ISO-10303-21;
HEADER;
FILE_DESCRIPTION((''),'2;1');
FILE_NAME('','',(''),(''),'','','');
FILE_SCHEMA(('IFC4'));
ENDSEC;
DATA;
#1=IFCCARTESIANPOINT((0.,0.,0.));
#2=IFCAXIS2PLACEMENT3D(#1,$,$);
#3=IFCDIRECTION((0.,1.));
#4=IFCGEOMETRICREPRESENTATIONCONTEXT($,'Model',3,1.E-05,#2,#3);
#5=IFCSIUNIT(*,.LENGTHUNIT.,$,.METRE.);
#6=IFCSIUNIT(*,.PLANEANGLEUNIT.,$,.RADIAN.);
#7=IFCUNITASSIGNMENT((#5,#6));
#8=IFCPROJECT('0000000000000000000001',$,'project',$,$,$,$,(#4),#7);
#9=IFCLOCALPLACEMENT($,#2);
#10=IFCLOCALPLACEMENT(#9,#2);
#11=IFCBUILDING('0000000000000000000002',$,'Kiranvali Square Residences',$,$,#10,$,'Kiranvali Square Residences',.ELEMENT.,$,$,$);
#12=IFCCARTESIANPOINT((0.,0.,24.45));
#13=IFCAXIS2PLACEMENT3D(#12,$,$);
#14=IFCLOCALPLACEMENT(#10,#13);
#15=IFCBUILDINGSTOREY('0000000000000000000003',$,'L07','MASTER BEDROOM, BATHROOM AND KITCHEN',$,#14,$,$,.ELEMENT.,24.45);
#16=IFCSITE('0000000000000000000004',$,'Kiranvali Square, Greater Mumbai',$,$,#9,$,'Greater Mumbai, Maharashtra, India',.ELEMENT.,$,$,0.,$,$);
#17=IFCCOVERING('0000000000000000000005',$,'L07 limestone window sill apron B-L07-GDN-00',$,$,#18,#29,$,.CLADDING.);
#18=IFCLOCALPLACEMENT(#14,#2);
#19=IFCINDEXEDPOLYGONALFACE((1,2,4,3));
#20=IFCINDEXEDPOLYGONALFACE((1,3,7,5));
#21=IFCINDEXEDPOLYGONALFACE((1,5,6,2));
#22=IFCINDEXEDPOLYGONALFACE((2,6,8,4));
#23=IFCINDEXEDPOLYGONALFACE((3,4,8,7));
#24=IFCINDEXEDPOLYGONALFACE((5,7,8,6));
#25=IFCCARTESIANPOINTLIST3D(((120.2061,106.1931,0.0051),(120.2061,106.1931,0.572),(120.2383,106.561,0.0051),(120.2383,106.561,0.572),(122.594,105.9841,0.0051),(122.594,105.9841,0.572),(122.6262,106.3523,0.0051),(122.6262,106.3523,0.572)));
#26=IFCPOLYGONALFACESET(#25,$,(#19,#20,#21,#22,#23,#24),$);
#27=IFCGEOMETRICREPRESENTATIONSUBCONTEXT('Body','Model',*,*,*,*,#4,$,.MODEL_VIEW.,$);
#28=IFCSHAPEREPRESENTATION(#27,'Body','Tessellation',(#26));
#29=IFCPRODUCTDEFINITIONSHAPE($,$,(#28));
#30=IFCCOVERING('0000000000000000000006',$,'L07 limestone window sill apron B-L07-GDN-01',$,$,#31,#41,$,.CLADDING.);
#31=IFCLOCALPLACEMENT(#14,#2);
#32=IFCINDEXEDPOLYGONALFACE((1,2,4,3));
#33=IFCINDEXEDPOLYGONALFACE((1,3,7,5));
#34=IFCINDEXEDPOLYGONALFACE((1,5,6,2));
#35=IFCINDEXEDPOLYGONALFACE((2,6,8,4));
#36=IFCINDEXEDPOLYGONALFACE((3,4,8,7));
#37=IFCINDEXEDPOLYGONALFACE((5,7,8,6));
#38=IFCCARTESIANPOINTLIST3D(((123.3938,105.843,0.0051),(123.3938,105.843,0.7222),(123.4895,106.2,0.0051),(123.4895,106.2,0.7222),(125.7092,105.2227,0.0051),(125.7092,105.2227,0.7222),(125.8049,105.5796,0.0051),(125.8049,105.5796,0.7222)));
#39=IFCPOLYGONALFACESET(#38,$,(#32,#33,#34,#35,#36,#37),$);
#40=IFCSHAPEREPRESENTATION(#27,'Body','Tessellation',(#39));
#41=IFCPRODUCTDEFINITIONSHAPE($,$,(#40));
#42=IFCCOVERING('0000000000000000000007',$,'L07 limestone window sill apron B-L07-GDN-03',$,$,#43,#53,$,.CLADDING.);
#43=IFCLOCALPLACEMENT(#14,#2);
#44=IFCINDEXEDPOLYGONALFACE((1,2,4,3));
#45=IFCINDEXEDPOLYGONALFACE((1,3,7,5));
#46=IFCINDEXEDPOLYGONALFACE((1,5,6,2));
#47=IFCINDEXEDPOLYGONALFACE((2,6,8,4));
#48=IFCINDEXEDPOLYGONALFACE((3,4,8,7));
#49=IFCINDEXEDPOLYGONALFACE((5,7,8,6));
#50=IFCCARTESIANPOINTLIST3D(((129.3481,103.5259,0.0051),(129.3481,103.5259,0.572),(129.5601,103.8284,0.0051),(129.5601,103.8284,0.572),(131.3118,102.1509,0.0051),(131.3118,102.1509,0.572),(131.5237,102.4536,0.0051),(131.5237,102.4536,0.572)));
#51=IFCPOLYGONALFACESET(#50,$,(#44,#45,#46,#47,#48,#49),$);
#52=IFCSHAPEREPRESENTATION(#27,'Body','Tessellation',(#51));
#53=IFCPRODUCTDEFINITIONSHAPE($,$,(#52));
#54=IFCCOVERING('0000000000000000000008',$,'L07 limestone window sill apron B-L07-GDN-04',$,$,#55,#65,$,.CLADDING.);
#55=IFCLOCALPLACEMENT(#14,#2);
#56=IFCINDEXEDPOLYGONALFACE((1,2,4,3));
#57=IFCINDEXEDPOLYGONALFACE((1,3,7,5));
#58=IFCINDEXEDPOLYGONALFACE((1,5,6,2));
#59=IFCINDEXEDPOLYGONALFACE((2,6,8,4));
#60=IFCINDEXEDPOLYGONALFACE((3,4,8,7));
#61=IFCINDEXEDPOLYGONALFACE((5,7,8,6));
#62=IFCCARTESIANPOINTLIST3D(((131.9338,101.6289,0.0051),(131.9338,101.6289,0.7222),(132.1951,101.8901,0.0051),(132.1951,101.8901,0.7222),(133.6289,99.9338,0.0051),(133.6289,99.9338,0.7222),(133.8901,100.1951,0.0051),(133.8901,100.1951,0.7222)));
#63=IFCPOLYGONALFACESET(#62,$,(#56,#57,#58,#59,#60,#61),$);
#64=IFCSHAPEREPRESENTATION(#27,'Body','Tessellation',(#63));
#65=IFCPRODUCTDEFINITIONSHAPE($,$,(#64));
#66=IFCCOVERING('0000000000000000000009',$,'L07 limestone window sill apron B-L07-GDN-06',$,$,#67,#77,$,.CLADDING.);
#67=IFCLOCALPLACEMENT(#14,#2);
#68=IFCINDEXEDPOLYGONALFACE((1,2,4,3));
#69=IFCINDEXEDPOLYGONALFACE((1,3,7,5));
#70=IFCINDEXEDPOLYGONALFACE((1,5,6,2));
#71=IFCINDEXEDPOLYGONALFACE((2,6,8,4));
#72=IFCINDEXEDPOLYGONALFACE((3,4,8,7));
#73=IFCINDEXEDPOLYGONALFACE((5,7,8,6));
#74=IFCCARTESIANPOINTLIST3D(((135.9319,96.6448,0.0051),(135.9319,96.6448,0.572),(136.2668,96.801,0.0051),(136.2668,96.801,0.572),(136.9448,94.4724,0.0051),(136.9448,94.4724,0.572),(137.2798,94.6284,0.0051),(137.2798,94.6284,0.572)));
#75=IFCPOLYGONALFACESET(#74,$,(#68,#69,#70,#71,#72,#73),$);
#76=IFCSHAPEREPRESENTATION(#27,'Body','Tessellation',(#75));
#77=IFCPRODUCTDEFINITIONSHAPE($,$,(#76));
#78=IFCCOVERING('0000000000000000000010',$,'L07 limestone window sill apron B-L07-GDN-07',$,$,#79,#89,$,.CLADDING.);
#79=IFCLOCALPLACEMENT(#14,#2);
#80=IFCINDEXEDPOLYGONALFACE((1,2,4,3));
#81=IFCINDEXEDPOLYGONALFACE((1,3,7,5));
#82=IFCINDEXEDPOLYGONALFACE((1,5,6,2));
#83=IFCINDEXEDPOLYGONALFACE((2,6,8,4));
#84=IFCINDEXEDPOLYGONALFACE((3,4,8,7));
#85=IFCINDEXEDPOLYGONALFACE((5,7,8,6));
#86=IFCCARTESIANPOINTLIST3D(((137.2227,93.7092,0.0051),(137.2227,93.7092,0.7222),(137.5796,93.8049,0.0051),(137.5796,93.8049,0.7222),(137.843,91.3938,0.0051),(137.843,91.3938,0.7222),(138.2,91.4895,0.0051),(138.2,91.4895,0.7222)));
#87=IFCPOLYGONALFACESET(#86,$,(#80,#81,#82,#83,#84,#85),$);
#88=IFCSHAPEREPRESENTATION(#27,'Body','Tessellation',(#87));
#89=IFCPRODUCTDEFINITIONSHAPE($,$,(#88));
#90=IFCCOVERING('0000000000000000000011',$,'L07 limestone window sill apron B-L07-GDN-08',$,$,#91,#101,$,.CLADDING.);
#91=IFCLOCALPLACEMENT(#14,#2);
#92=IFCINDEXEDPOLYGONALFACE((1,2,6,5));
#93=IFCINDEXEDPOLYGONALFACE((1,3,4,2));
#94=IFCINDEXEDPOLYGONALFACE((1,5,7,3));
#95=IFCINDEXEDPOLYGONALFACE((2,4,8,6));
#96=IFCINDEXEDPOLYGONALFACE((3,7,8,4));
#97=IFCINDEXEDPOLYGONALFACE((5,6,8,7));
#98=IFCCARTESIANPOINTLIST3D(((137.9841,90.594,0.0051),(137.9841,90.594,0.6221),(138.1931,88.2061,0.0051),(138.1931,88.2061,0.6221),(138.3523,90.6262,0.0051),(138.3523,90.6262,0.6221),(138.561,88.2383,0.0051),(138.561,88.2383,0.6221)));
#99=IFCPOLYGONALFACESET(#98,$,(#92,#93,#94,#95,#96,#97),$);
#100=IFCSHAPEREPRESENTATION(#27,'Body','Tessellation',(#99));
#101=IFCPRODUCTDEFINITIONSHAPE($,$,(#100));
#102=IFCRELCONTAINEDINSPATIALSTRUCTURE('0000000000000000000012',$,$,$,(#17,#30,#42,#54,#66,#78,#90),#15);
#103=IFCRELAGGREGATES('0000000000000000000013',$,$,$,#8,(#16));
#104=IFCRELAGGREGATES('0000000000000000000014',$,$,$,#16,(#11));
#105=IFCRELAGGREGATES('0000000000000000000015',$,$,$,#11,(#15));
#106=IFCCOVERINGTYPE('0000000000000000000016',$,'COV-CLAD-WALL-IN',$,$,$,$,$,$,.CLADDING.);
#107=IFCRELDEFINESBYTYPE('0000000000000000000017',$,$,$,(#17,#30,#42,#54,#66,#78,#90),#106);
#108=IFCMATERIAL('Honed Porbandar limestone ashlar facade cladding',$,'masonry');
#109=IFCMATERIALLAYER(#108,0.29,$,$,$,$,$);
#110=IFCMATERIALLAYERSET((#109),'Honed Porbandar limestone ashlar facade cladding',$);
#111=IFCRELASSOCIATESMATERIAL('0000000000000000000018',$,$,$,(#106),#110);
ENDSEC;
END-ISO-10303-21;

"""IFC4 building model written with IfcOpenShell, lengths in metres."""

from ifc_helpers import new_model, si_unit, direction, frame, origin, place, context, subcontext, project, spatial, polyline, outline, extrude, material, layer, layer_set, type_object, element, save


model = new_model("IFC4")

# Units and contexts
model_context = context("Model", 3, precision=1e-05, world=origin(), true_north=direction((0.0, 1.0)))
body_context = subcontext(model_context, "Body", "Model", "MODEL_VIEW")
ifc_project = project(units=[si_unit("LENGTHUNIT", "METRE"), si_unit("PLANEANGLEUNIT", "RADIAN")], contexts=[model_context])

# Site, building, storey
site_placement = place(None, origin())
site = spatial("IfcSite", under=ifc_project, at=site_placement, Name="Kiranvali Square, Greater Mumbai", LongName="Greater Mumbai, Maharashtra, India", CompositionType="ELEMENT", RefElevation=0.0)
building_placement = place(site_placement, origin())
building = spatial("IfcBuilding", under=site, at=building_placement, Name="Kiranvali Square Residences", LongName="Kiranvali Square Residences", CompositionType="ELEMENT")
storey_placement = place(building_placement, frame((0.0, 0.0, 24.45)))
storey = spatial("IfcBuildingStorey", under=building, at=storey_placement, Name="L07", Description="MASTER BEDROOM, BATHROOM AND KITCHEN", CompositionType="ELEMENT", Elevation=24.45)

# Coverings
ifc_material = material(Name="Honed Porbandar limestone ashlar facade cladding", Category="masonry")
ifc_layer_1 = layer(ifc_material, 0.29)
ifc_layer_set_1 = layer_set([ifc_layer_1], Name="Honed Porbandar limestone ashlar facade cladding")
covering_type_1 = type_object("IfcCoveringType", Name="COV-CLAD-WALL-IN", PredefinedType="CLADDING", material=ifc_layer_set_1)
covering_1_placement = place(storey_placement, frame((0.0, 0.0, 0.0051)))
element("IfcCovering", 1, at=covering_1_placement, inside=storey, type_object=covering_type_1, Name="L07 limestone window sill apron B-L07-GDN-00", PredefinedType="CLADDING", context=body_context, shape_type="SweptSolid", body=[
    extrude(outline(polyline([(120.2061, 106.1931), (122.594, 105.9841), (122.6262, 106.3523), (120.2383, 106.561), (120.2061, 106.1931)])), origin(), (0.0, 0.0, 1.0), 0.5669),
])
covering_2_placement = place(storey_placement, frame((0.0, 0.0, 0.0051)))
element("IfcCovering", 2, at=covering_2_placement, inside=storey, type_object=covering_type_1, Name="L07 limestone window sill apron B-L07-GDN-01", PredefinedType="CLADDING", context=body_context, shape_type="SweptSolid", body=[
    extrude(outline(polyline([(123.3938, 105.843), (125.7092, 105.2227), (125.8049, 105.5796), (123.4895, 106.2), (123.3938, 105.843)])), origin(), (0.0, 0.0, 1.0), 0.717),
])
covering_3_placement = place(storey_placement, frame((0.0, 0.0, 0.0051)))
element("IfcCovering", 3, at=covering_3_placement, inside=storey, type_object=covering_type_1, Name="L07 limestone window sill apron B-L07-GDN-03", PredefinedType="CLADDING", context=body_context, shape_type="SweptSolid", body=[
    extrude(outline(polyline([(129.3481, 103.5259), (131.3118, 102.1509), (131.5237, 102.4536), (129.5601, 103.8284), (129.3481, 103.5259)])), origin(), (0.0, 0.0, 1.0), 0.5669),
])
covering_4_placement = place(storey_placement, frame((0.0, 0.0, 0.0051)))
element("IfcCovering", 4, at=covering_4_placement, inside=storey, type_object=covering_type_1, Name="L07 limestone window sill apron B-L07-GDN-04", PredefinedType="CLADDING", context=body_context, shape_type="SweptSolid", body=[
    extrude(outline(polyline([(131.9338, 101.6289), (133.6289, 99.9338), (133.8901, 100.1951), (132.1951, 101.8901), (131.9338, 101.6289)])), origin(), (0.0, 0.0, 1.0), 0.717),
])
covering_5_placement = place(storey_placement, frame((0.0, 0.0, 0.0051)))
element("IfcCovering", 5, at=covering_5_placement, inside=storey, type_object=covering_type_1, Name="L07 limestone window sill apron B-L07-GDN-06", PredefinedType="CLADDING", context=body_context, shape_type="SweptSolid", body=[
    extrude(outline(polyline([(135.9319, 96.6448), (136.9448, 94.4724), (137.2798, 94.6284), (136.2668, 96.801), (135.9319, 96.6448)])), origin(), (0.0, 0.0, 1.0), 0.5669),
])
covering_6_placement = place(storey_placement, frame((0.0, 0.0, 0.0051)))
element("IfcCovering", 6, at=covering_6_placement, inside=storey, type_object=covering_type_1, Name="L07 limestone window sill apron B-L07-GDN-07", PredefinedType="CLADDING", context=body_context, shape_type="SweptSolid", body=[
    extrude(outline(polyline([(137.2227, 93.7092), (137.843, 91.3938), (138.2, 91.4895), (137.5796, 93.8049), (137.2227, 93.7092)])), origin(), (0.0, 0.0, 1.0), 0.717),
])
covering_7_placement = place(storey_placement, frame((0.0, 0.0, 0.0051)))
element("IfcCovering", 7, at=covering_7_placement, inside=storey, type_object=covering_type_1, Name="L07 limestone window sill apron B-L07-GDN-08", PredefinedType="CLADDING", context=body_context, shape_type="SweptSolid", body=[
    extrude(outline(polyline([(137.9841, 90.594), (138.1931, 88.2061), (138.561, 88.2383), (138.3523, 90.6262), (137.9841, 90.594)])), origin(), (0.0, 0.0, 1.0), 0.6169),
])

save(model, "model.ifc")
